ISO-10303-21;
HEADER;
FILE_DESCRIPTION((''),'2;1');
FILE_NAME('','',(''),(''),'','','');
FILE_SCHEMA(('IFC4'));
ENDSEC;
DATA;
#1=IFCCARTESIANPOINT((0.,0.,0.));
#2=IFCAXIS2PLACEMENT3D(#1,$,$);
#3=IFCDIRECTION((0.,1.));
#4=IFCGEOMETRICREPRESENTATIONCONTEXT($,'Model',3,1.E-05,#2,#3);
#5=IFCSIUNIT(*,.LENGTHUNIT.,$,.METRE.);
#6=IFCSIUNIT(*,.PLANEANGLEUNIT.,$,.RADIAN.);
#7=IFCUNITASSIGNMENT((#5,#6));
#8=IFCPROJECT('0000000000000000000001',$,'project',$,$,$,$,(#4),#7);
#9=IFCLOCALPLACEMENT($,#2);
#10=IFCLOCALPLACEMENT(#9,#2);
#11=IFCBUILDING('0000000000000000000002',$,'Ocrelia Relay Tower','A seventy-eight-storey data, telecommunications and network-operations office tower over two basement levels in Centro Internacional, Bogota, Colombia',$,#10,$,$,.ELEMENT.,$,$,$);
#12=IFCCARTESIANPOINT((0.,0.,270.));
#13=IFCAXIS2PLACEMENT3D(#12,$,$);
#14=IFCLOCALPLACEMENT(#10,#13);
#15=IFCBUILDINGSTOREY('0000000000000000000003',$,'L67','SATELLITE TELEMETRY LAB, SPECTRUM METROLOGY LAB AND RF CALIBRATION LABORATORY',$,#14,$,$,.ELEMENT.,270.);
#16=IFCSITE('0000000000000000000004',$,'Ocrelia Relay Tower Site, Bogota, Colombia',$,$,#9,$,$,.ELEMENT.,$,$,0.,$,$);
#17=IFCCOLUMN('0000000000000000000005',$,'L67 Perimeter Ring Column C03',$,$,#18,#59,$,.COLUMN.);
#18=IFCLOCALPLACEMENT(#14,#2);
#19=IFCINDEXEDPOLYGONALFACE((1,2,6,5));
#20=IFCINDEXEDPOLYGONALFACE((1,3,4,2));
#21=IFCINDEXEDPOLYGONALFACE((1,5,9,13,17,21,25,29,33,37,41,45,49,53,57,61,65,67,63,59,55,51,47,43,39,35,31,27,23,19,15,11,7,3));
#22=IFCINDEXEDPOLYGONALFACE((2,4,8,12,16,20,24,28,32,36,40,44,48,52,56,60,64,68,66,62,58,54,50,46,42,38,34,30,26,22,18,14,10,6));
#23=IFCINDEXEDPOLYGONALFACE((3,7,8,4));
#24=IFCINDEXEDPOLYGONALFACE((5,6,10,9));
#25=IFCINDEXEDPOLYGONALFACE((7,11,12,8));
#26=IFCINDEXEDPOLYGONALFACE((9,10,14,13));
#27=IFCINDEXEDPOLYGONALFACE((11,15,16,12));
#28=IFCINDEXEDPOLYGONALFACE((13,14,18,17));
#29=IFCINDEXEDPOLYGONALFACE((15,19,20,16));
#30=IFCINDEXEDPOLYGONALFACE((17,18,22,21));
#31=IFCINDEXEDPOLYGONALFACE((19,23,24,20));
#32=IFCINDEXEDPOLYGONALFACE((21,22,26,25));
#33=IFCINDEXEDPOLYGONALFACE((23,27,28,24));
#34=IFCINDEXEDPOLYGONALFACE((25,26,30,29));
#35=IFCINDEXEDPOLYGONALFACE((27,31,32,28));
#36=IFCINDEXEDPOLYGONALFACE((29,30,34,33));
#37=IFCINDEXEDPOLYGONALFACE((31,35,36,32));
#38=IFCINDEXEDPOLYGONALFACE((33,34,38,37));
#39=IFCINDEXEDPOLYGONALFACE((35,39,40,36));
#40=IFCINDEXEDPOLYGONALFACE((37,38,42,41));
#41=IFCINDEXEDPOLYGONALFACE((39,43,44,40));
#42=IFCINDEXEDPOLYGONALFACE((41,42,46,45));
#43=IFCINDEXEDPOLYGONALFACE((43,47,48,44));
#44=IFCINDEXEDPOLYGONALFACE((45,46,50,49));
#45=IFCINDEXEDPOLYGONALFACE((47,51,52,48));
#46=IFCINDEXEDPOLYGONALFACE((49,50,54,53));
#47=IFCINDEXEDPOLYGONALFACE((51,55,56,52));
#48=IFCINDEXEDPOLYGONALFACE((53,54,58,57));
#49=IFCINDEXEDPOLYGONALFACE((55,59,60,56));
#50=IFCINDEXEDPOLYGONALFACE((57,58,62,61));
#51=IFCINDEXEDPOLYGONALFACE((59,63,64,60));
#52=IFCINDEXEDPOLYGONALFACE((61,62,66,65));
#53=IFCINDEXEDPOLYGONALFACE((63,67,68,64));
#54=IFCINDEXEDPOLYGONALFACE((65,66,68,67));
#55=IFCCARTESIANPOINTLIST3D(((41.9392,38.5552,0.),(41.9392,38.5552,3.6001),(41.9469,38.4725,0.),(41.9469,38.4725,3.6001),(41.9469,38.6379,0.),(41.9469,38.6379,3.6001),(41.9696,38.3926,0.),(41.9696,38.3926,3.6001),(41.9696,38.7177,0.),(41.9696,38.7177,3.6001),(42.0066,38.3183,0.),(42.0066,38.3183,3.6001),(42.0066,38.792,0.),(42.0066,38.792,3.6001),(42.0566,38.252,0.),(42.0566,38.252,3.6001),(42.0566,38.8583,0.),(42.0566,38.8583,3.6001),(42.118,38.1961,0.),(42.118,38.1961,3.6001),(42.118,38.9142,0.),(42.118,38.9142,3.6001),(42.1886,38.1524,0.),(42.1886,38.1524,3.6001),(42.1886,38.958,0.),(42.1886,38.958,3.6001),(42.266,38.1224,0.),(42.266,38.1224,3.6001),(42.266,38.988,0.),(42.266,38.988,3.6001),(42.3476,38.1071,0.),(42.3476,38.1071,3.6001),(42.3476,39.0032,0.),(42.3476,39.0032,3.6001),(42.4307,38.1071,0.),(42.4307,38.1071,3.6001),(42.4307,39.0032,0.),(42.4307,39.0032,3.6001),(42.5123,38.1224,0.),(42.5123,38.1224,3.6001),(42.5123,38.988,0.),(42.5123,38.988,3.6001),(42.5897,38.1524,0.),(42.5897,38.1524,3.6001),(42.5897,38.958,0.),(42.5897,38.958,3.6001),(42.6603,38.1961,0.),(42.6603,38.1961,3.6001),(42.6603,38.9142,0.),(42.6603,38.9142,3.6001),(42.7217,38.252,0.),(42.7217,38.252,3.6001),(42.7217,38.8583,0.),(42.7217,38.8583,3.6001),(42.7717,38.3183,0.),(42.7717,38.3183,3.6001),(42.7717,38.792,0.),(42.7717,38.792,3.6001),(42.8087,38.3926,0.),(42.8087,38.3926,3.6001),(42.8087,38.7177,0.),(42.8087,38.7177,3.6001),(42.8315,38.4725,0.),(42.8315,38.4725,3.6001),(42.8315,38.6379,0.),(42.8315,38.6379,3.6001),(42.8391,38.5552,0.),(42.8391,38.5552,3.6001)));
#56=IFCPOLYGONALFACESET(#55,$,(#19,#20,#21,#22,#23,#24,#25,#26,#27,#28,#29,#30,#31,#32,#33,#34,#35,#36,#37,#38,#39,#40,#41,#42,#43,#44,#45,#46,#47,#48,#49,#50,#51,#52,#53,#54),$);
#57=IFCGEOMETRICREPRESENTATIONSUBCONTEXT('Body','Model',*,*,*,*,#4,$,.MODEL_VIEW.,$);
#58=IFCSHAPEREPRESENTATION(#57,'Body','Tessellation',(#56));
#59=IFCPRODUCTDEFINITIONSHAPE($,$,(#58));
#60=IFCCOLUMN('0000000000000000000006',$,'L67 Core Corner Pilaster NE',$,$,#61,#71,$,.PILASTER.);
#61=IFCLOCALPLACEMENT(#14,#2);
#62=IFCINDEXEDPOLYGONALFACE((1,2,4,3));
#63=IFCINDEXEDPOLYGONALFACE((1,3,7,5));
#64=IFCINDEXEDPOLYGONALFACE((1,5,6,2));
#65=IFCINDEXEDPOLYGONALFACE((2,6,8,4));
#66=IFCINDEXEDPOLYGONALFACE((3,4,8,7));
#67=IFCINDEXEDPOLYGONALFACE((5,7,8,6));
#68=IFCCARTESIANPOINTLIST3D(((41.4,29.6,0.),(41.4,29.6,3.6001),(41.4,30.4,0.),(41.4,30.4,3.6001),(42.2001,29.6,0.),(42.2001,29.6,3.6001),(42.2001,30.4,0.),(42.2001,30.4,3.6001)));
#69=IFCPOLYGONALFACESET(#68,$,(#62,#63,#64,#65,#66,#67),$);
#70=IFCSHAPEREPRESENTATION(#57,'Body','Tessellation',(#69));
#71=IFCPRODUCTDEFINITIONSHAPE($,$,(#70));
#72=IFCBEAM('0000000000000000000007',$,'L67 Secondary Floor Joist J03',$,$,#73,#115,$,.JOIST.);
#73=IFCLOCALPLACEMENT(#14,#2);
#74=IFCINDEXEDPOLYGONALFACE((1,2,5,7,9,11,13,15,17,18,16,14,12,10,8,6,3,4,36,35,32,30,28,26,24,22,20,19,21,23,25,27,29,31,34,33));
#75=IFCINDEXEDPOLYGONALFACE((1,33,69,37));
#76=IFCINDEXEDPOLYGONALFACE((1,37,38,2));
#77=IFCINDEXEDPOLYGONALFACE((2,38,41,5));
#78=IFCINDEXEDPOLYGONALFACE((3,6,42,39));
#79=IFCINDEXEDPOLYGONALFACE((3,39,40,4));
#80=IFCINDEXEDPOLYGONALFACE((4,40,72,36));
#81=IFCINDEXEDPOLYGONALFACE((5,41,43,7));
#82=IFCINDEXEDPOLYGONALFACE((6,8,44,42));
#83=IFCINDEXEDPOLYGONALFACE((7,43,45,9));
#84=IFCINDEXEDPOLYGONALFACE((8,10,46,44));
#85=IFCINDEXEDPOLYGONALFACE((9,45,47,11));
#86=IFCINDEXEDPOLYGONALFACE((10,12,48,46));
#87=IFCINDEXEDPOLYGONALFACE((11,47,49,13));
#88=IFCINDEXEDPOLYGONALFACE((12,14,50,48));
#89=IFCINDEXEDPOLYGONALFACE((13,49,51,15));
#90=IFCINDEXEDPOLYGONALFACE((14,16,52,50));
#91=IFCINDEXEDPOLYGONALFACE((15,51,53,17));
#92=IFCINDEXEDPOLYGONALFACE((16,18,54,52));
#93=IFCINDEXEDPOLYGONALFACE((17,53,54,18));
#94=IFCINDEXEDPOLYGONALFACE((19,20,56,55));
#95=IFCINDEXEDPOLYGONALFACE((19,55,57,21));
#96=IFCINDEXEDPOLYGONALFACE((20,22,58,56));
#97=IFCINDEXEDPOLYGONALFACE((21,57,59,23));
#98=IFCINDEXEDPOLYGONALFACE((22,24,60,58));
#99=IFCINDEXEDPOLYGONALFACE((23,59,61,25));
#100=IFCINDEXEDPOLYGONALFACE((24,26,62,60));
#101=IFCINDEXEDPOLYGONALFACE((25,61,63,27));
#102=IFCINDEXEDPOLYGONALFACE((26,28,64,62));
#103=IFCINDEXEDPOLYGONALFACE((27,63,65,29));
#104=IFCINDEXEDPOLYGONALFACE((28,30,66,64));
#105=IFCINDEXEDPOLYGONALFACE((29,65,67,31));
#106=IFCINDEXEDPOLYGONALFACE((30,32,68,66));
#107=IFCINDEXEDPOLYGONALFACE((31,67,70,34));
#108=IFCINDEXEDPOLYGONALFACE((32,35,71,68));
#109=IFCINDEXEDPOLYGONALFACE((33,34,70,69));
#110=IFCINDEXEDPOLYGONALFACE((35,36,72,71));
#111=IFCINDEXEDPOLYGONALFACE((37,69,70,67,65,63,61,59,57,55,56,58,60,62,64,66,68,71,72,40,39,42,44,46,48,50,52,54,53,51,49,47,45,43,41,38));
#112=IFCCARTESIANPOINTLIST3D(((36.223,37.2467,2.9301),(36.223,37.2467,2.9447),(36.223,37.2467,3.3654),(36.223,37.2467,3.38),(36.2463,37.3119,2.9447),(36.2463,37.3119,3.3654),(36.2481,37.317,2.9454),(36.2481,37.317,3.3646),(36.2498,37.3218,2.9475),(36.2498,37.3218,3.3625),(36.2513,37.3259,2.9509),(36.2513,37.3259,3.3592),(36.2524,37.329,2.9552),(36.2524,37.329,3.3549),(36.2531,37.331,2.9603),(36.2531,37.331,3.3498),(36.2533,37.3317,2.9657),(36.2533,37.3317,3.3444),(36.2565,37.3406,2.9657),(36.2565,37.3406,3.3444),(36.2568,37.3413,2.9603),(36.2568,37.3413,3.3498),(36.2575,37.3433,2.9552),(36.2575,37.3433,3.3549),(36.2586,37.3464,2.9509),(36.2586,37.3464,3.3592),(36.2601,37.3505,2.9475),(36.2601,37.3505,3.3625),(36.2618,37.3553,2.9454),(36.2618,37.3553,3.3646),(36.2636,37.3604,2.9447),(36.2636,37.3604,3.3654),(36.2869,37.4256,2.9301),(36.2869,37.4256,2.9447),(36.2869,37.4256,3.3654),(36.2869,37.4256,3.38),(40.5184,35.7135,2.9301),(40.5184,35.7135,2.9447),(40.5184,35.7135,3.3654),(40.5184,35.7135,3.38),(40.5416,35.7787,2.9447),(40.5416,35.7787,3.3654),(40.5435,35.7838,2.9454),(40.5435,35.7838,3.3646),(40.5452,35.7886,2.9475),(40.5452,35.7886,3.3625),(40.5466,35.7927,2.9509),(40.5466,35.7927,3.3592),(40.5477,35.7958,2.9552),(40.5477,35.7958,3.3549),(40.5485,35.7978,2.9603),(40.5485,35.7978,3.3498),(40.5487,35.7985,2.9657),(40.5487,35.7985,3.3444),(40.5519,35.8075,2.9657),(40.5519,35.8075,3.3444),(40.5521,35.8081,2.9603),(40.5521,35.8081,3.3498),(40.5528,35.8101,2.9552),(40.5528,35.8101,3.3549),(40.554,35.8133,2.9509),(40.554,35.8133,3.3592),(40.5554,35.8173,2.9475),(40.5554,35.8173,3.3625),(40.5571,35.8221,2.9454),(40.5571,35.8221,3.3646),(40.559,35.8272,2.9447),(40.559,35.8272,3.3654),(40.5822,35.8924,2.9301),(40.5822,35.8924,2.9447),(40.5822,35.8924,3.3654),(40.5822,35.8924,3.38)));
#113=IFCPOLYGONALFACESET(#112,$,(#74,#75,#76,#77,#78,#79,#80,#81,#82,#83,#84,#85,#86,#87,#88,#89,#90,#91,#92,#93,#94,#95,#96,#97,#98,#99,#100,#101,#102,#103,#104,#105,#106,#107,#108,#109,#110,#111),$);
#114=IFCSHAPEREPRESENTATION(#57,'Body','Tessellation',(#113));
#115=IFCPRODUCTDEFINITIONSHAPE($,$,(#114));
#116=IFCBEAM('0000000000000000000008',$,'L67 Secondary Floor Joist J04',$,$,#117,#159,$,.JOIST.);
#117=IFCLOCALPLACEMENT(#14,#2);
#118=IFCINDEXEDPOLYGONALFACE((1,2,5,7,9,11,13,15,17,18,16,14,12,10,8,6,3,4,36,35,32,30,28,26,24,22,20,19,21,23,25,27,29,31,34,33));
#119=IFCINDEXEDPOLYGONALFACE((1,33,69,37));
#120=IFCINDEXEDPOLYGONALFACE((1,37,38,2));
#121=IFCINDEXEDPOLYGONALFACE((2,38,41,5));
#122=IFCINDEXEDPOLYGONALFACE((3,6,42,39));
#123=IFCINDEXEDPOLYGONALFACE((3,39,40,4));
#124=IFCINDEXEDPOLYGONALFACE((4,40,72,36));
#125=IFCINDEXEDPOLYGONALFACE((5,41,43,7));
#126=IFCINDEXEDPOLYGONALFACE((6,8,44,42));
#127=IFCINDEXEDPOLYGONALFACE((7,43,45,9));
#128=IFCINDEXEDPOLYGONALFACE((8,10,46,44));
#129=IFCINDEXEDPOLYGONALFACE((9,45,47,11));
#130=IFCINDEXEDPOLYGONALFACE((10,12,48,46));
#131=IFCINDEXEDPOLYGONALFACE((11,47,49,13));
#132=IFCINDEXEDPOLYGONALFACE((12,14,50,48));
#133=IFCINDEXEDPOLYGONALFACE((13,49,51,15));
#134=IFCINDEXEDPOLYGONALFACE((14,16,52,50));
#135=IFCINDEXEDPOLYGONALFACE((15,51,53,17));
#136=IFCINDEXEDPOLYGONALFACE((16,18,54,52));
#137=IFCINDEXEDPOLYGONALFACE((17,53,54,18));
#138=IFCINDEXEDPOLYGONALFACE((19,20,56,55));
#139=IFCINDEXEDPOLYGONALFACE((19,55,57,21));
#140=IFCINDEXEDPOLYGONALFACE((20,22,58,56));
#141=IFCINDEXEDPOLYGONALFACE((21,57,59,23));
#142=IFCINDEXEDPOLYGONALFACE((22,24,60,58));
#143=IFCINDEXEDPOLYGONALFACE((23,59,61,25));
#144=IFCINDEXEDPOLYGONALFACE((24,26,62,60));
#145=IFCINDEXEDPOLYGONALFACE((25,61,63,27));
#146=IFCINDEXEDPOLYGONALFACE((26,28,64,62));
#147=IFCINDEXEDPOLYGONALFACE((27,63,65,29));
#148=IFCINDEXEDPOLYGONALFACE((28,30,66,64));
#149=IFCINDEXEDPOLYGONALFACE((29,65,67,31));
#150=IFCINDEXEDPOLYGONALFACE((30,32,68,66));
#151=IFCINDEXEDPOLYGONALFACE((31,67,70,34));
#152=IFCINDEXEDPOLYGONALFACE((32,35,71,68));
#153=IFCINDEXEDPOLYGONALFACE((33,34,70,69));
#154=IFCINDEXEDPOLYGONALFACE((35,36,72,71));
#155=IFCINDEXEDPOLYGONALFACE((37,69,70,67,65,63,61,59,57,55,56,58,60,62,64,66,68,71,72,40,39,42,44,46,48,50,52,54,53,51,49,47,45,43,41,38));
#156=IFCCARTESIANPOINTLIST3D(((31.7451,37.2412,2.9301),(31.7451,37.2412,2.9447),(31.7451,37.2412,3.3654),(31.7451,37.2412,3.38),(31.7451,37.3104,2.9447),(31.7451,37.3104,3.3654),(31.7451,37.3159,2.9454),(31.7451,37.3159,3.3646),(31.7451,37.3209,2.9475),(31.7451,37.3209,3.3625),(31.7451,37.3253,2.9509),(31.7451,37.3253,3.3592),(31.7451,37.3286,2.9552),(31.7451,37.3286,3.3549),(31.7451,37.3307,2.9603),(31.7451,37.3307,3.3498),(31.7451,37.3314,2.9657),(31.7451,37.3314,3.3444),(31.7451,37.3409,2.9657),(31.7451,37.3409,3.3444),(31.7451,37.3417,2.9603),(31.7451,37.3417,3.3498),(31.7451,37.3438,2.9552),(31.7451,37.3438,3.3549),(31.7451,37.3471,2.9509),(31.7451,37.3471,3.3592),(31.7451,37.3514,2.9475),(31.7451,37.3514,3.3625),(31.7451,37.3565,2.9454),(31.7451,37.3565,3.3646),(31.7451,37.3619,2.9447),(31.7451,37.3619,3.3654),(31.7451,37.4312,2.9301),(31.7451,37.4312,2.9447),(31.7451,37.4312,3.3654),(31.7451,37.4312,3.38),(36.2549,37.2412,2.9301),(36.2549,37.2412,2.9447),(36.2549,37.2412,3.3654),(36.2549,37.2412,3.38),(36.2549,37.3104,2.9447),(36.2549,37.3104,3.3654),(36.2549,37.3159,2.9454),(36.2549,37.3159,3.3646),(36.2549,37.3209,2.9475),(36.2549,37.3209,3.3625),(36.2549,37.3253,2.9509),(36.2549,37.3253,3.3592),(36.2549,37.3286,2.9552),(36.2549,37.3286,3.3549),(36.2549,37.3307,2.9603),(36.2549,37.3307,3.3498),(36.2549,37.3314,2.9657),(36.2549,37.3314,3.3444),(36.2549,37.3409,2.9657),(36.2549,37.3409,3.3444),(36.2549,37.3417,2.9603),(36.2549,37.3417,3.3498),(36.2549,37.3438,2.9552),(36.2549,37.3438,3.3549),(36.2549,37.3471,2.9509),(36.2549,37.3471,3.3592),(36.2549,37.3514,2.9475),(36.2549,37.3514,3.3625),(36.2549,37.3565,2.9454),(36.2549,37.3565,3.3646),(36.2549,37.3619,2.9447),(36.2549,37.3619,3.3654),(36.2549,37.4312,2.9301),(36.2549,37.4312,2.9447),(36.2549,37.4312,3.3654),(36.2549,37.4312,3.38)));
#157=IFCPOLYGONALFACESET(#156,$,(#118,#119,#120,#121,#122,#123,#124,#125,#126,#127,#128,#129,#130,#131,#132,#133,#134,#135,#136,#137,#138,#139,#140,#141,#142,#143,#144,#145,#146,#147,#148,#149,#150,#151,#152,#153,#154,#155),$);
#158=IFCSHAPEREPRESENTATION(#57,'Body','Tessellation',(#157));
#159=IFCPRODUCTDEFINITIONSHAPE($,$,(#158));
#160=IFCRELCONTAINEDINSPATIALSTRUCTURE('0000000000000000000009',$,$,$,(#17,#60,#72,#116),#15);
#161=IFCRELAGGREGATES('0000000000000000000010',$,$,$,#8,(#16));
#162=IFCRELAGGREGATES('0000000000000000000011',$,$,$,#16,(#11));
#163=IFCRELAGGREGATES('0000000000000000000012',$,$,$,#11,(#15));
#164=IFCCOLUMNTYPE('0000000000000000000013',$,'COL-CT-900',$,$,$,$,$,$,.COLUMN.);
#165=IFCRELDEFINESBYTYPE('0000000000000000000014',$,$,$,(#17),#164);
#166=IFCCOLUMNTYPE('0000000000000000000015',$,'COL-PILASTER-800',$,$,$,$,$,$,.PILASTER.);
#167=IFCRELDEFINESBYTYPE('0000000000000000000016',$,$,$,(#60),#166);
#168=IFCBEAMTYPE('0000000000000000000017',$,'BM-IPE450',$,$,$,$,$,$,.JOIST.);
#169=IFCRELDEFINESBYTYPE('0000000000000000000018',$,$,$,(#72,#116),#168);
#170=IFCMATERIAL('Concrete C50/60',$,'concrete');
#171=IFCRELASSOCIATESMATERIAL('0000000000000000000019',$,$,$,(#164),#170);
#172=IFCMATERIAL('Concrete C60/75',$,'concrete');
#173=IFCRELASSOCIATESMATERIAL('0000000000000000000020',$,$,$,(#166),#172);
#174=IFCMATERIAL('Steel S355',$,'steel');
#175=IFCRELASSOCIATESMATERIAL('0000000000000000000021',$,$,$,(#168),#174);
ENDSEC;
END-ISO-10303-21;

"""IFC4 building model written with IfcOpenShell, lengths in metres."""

from ifc_helpers import new_model, si_unit, direction, frame, origin, origin_2d, place, context, subcontext, project, spatial, rectangle, circle, i_section, extrude, material, material_profile, profile_set, type_object, element, save


model = new_model("IFC4")

# Units and contexts
model_context = context("Model", 3, precision=1e-05, world=origin(), true_north=direction((0.0, 1.0)))
body_context = subcontext(model_context, "Body", "Model", "MODEL_VIEW")
ifc_project = project(units=[si_unit("LENGTHUNIT", "METRE"), si_unit("PLANEANGLEUNIT", "RADIAN")], contexts=[model_context])

# Site, building, storey
site_placement = place(None, origin())
site = spatial("IfcSite", under=ifc_project, at=site_placement, Name="Ocrelia Relay Tower Site, Bogota, Colombia", CompositionType="ELEMENT", RefElevation=0.0)
building_placement = place(site_placement, origin())
building = spatial("IfcBuilding", under=site, at=building_placement, Name="Ocrelia Relay Tower", Description="A seventy-eight-storey data, telecommunications and network-operations office tower over two basement levels in Centro Internacional, Bogota, Colombia", CompositionType="ELEMENT")
storey_placement = place(building_placement, frame((0.0, 0.0, 270.0)))
storey = spatial("IfcBuildingStorey", under=building, at=storey_placement, Name="L67", Description="SATELLITE TELEMETRY LAB, SPECTRUM METROLOGY LAB AND RF CALIBRATION LABORATORY", CompositionType="ELEMENT", Elevation=270.0)

# Columns
ifc_material_1 = material(Name="Concrete C50/60", Category="concrete")
ifc_material_profile_1 = material_profile(ifc_material_1, circle(Radius=0.45, at=origin_2d()), Name="RC-CIR-900")
ifc_profile_set_1 = profile_set([ifc_material_profile_1], Name="Concrete C50/60")
column_type_1 = type_object("IfcColumnType", Name="COL-CT-900", PredefinedType="COLUMN", material=ifc_profile_set_1)
column_1_placement = place(storey_placement, frame((42.3892, 38.5552, 0.0), z_axis=(0.0, 0.0, 1.0), x_axis=(1.0, 0.0, 0.0)))
element("IfcColumn", 1, at=column_1_placement, inside=storey, type_object=column_type_1, Name="L67 Perimeter Ring Column C03", PredefinedType="COLUMN", context=body_context, shape_type="SweptSolid", body=[
    extrude(circle(Radius=0.45, at=origin_2d()), origin(), (0.0, 0.0, 1.0), 3.6001),
])
ifc_material_2 = material(Name="Concrete C60/75", Category="concrete")
ifc_material_profile_2 = material_profile(ifc_material_2, rectangle(XDim=0.8, YDim=0.8, at=origin_2d()), Name="RC-COL-800x800")
ifc_profile_set_2 = profile_set([ifc_material_profile_2], Name="Concrete C60/75")
column_type_2 = type_object("IfcColumnType", Name="COL-PILASTER-800", PredefinedType="PILASTER", material=ifc_profile_set_2)
column_2_placement = place(storey_placement, frame((41.8, 30.0, 0.0), z_axis=(0.0, 0.0, 1.0), x_axis=(1.0, 0.0, 0.0)))
element("IfcColumn", 2, at=column_2_placement, inside=storey, type_object=column_type_2, Name="L67 Core Corner Pilaster NE", PredefinedType="PILASTER", context=body_context, shape_type="SweptSolid", body=[
    extrude(rectangle(XDim=0.8, YDim=0.8, at=origin_2d()), origin(), (0.0, 0.0, 1.0), 3.6001),
])

# Beams
ifc_material_3 = material(Name="Steel S355", Category="steel")
ifc_material_profile_3 = material_profile(ifc_material_3, i_section(OverallWidth=0.1899, OverallDepth=0.45, WebThickness=0.0095, FlangeThickness=0.0146, FilletRadius=0.021, at=origin_2d()), Name="IPE 450")
ifc_profile_set_3 = profile_set([ifc_material_profile_3], Name="Steel S355")
beam_type = type_object("IfcBeamType", Name="BM-IPE450", PredefinedType="JOIST", material=ifc_profile_set_3)
beam_1_placement = place(storey_placement, frame((40.5503, 35.803, 3.155), z_axis=(-0.941802, 0.336167, 0.0), x_axis=(-0.336167, -0.941802, 0.0)))
element("IfcBeam", 3, at=beam_1_placement, inside=storey, type_object=beam_type, Name="L67 Secondary Floor Joist J03", PredefinedType="JOIST", context=body_context, shape_type="SweptSolid", body=[
    extrude(i_section(OverallWidth=0.1899, OverallDepth=0.45, WebThickness=0.0095, FlangeThickness=0.0146, FilletRadius=0.021, at=origin_2d()), origin(), (0.0, 0.0, 1.0), 4.5608),
])
beam_2_placement = place(storey_placement, frame((36.2549, 37.3362, 3.155), z_axis=(-1.0, 0.0, 0.0), x_axis=(0.0, -1.0, 0.0)))
element("IfcBeam", 4, at=beam_2_placement, inside=storey, type_object=beam_type, Name="L67 Secondary Floor Joist J04", PredefinedType="JOIST", context=body_context, shape_type="SweptSolid", body=[
    extrude(i_section(OverallWidth=0.1899, OverallDepth=0.45, WebThickness=0.0095, FlangeThickness=0.0146, FilletRadius=0.021, at=origin_2d()), origin(), (0.0, 0.0, 1.0), 4.5098),
])

save(model, "model.ifc")
